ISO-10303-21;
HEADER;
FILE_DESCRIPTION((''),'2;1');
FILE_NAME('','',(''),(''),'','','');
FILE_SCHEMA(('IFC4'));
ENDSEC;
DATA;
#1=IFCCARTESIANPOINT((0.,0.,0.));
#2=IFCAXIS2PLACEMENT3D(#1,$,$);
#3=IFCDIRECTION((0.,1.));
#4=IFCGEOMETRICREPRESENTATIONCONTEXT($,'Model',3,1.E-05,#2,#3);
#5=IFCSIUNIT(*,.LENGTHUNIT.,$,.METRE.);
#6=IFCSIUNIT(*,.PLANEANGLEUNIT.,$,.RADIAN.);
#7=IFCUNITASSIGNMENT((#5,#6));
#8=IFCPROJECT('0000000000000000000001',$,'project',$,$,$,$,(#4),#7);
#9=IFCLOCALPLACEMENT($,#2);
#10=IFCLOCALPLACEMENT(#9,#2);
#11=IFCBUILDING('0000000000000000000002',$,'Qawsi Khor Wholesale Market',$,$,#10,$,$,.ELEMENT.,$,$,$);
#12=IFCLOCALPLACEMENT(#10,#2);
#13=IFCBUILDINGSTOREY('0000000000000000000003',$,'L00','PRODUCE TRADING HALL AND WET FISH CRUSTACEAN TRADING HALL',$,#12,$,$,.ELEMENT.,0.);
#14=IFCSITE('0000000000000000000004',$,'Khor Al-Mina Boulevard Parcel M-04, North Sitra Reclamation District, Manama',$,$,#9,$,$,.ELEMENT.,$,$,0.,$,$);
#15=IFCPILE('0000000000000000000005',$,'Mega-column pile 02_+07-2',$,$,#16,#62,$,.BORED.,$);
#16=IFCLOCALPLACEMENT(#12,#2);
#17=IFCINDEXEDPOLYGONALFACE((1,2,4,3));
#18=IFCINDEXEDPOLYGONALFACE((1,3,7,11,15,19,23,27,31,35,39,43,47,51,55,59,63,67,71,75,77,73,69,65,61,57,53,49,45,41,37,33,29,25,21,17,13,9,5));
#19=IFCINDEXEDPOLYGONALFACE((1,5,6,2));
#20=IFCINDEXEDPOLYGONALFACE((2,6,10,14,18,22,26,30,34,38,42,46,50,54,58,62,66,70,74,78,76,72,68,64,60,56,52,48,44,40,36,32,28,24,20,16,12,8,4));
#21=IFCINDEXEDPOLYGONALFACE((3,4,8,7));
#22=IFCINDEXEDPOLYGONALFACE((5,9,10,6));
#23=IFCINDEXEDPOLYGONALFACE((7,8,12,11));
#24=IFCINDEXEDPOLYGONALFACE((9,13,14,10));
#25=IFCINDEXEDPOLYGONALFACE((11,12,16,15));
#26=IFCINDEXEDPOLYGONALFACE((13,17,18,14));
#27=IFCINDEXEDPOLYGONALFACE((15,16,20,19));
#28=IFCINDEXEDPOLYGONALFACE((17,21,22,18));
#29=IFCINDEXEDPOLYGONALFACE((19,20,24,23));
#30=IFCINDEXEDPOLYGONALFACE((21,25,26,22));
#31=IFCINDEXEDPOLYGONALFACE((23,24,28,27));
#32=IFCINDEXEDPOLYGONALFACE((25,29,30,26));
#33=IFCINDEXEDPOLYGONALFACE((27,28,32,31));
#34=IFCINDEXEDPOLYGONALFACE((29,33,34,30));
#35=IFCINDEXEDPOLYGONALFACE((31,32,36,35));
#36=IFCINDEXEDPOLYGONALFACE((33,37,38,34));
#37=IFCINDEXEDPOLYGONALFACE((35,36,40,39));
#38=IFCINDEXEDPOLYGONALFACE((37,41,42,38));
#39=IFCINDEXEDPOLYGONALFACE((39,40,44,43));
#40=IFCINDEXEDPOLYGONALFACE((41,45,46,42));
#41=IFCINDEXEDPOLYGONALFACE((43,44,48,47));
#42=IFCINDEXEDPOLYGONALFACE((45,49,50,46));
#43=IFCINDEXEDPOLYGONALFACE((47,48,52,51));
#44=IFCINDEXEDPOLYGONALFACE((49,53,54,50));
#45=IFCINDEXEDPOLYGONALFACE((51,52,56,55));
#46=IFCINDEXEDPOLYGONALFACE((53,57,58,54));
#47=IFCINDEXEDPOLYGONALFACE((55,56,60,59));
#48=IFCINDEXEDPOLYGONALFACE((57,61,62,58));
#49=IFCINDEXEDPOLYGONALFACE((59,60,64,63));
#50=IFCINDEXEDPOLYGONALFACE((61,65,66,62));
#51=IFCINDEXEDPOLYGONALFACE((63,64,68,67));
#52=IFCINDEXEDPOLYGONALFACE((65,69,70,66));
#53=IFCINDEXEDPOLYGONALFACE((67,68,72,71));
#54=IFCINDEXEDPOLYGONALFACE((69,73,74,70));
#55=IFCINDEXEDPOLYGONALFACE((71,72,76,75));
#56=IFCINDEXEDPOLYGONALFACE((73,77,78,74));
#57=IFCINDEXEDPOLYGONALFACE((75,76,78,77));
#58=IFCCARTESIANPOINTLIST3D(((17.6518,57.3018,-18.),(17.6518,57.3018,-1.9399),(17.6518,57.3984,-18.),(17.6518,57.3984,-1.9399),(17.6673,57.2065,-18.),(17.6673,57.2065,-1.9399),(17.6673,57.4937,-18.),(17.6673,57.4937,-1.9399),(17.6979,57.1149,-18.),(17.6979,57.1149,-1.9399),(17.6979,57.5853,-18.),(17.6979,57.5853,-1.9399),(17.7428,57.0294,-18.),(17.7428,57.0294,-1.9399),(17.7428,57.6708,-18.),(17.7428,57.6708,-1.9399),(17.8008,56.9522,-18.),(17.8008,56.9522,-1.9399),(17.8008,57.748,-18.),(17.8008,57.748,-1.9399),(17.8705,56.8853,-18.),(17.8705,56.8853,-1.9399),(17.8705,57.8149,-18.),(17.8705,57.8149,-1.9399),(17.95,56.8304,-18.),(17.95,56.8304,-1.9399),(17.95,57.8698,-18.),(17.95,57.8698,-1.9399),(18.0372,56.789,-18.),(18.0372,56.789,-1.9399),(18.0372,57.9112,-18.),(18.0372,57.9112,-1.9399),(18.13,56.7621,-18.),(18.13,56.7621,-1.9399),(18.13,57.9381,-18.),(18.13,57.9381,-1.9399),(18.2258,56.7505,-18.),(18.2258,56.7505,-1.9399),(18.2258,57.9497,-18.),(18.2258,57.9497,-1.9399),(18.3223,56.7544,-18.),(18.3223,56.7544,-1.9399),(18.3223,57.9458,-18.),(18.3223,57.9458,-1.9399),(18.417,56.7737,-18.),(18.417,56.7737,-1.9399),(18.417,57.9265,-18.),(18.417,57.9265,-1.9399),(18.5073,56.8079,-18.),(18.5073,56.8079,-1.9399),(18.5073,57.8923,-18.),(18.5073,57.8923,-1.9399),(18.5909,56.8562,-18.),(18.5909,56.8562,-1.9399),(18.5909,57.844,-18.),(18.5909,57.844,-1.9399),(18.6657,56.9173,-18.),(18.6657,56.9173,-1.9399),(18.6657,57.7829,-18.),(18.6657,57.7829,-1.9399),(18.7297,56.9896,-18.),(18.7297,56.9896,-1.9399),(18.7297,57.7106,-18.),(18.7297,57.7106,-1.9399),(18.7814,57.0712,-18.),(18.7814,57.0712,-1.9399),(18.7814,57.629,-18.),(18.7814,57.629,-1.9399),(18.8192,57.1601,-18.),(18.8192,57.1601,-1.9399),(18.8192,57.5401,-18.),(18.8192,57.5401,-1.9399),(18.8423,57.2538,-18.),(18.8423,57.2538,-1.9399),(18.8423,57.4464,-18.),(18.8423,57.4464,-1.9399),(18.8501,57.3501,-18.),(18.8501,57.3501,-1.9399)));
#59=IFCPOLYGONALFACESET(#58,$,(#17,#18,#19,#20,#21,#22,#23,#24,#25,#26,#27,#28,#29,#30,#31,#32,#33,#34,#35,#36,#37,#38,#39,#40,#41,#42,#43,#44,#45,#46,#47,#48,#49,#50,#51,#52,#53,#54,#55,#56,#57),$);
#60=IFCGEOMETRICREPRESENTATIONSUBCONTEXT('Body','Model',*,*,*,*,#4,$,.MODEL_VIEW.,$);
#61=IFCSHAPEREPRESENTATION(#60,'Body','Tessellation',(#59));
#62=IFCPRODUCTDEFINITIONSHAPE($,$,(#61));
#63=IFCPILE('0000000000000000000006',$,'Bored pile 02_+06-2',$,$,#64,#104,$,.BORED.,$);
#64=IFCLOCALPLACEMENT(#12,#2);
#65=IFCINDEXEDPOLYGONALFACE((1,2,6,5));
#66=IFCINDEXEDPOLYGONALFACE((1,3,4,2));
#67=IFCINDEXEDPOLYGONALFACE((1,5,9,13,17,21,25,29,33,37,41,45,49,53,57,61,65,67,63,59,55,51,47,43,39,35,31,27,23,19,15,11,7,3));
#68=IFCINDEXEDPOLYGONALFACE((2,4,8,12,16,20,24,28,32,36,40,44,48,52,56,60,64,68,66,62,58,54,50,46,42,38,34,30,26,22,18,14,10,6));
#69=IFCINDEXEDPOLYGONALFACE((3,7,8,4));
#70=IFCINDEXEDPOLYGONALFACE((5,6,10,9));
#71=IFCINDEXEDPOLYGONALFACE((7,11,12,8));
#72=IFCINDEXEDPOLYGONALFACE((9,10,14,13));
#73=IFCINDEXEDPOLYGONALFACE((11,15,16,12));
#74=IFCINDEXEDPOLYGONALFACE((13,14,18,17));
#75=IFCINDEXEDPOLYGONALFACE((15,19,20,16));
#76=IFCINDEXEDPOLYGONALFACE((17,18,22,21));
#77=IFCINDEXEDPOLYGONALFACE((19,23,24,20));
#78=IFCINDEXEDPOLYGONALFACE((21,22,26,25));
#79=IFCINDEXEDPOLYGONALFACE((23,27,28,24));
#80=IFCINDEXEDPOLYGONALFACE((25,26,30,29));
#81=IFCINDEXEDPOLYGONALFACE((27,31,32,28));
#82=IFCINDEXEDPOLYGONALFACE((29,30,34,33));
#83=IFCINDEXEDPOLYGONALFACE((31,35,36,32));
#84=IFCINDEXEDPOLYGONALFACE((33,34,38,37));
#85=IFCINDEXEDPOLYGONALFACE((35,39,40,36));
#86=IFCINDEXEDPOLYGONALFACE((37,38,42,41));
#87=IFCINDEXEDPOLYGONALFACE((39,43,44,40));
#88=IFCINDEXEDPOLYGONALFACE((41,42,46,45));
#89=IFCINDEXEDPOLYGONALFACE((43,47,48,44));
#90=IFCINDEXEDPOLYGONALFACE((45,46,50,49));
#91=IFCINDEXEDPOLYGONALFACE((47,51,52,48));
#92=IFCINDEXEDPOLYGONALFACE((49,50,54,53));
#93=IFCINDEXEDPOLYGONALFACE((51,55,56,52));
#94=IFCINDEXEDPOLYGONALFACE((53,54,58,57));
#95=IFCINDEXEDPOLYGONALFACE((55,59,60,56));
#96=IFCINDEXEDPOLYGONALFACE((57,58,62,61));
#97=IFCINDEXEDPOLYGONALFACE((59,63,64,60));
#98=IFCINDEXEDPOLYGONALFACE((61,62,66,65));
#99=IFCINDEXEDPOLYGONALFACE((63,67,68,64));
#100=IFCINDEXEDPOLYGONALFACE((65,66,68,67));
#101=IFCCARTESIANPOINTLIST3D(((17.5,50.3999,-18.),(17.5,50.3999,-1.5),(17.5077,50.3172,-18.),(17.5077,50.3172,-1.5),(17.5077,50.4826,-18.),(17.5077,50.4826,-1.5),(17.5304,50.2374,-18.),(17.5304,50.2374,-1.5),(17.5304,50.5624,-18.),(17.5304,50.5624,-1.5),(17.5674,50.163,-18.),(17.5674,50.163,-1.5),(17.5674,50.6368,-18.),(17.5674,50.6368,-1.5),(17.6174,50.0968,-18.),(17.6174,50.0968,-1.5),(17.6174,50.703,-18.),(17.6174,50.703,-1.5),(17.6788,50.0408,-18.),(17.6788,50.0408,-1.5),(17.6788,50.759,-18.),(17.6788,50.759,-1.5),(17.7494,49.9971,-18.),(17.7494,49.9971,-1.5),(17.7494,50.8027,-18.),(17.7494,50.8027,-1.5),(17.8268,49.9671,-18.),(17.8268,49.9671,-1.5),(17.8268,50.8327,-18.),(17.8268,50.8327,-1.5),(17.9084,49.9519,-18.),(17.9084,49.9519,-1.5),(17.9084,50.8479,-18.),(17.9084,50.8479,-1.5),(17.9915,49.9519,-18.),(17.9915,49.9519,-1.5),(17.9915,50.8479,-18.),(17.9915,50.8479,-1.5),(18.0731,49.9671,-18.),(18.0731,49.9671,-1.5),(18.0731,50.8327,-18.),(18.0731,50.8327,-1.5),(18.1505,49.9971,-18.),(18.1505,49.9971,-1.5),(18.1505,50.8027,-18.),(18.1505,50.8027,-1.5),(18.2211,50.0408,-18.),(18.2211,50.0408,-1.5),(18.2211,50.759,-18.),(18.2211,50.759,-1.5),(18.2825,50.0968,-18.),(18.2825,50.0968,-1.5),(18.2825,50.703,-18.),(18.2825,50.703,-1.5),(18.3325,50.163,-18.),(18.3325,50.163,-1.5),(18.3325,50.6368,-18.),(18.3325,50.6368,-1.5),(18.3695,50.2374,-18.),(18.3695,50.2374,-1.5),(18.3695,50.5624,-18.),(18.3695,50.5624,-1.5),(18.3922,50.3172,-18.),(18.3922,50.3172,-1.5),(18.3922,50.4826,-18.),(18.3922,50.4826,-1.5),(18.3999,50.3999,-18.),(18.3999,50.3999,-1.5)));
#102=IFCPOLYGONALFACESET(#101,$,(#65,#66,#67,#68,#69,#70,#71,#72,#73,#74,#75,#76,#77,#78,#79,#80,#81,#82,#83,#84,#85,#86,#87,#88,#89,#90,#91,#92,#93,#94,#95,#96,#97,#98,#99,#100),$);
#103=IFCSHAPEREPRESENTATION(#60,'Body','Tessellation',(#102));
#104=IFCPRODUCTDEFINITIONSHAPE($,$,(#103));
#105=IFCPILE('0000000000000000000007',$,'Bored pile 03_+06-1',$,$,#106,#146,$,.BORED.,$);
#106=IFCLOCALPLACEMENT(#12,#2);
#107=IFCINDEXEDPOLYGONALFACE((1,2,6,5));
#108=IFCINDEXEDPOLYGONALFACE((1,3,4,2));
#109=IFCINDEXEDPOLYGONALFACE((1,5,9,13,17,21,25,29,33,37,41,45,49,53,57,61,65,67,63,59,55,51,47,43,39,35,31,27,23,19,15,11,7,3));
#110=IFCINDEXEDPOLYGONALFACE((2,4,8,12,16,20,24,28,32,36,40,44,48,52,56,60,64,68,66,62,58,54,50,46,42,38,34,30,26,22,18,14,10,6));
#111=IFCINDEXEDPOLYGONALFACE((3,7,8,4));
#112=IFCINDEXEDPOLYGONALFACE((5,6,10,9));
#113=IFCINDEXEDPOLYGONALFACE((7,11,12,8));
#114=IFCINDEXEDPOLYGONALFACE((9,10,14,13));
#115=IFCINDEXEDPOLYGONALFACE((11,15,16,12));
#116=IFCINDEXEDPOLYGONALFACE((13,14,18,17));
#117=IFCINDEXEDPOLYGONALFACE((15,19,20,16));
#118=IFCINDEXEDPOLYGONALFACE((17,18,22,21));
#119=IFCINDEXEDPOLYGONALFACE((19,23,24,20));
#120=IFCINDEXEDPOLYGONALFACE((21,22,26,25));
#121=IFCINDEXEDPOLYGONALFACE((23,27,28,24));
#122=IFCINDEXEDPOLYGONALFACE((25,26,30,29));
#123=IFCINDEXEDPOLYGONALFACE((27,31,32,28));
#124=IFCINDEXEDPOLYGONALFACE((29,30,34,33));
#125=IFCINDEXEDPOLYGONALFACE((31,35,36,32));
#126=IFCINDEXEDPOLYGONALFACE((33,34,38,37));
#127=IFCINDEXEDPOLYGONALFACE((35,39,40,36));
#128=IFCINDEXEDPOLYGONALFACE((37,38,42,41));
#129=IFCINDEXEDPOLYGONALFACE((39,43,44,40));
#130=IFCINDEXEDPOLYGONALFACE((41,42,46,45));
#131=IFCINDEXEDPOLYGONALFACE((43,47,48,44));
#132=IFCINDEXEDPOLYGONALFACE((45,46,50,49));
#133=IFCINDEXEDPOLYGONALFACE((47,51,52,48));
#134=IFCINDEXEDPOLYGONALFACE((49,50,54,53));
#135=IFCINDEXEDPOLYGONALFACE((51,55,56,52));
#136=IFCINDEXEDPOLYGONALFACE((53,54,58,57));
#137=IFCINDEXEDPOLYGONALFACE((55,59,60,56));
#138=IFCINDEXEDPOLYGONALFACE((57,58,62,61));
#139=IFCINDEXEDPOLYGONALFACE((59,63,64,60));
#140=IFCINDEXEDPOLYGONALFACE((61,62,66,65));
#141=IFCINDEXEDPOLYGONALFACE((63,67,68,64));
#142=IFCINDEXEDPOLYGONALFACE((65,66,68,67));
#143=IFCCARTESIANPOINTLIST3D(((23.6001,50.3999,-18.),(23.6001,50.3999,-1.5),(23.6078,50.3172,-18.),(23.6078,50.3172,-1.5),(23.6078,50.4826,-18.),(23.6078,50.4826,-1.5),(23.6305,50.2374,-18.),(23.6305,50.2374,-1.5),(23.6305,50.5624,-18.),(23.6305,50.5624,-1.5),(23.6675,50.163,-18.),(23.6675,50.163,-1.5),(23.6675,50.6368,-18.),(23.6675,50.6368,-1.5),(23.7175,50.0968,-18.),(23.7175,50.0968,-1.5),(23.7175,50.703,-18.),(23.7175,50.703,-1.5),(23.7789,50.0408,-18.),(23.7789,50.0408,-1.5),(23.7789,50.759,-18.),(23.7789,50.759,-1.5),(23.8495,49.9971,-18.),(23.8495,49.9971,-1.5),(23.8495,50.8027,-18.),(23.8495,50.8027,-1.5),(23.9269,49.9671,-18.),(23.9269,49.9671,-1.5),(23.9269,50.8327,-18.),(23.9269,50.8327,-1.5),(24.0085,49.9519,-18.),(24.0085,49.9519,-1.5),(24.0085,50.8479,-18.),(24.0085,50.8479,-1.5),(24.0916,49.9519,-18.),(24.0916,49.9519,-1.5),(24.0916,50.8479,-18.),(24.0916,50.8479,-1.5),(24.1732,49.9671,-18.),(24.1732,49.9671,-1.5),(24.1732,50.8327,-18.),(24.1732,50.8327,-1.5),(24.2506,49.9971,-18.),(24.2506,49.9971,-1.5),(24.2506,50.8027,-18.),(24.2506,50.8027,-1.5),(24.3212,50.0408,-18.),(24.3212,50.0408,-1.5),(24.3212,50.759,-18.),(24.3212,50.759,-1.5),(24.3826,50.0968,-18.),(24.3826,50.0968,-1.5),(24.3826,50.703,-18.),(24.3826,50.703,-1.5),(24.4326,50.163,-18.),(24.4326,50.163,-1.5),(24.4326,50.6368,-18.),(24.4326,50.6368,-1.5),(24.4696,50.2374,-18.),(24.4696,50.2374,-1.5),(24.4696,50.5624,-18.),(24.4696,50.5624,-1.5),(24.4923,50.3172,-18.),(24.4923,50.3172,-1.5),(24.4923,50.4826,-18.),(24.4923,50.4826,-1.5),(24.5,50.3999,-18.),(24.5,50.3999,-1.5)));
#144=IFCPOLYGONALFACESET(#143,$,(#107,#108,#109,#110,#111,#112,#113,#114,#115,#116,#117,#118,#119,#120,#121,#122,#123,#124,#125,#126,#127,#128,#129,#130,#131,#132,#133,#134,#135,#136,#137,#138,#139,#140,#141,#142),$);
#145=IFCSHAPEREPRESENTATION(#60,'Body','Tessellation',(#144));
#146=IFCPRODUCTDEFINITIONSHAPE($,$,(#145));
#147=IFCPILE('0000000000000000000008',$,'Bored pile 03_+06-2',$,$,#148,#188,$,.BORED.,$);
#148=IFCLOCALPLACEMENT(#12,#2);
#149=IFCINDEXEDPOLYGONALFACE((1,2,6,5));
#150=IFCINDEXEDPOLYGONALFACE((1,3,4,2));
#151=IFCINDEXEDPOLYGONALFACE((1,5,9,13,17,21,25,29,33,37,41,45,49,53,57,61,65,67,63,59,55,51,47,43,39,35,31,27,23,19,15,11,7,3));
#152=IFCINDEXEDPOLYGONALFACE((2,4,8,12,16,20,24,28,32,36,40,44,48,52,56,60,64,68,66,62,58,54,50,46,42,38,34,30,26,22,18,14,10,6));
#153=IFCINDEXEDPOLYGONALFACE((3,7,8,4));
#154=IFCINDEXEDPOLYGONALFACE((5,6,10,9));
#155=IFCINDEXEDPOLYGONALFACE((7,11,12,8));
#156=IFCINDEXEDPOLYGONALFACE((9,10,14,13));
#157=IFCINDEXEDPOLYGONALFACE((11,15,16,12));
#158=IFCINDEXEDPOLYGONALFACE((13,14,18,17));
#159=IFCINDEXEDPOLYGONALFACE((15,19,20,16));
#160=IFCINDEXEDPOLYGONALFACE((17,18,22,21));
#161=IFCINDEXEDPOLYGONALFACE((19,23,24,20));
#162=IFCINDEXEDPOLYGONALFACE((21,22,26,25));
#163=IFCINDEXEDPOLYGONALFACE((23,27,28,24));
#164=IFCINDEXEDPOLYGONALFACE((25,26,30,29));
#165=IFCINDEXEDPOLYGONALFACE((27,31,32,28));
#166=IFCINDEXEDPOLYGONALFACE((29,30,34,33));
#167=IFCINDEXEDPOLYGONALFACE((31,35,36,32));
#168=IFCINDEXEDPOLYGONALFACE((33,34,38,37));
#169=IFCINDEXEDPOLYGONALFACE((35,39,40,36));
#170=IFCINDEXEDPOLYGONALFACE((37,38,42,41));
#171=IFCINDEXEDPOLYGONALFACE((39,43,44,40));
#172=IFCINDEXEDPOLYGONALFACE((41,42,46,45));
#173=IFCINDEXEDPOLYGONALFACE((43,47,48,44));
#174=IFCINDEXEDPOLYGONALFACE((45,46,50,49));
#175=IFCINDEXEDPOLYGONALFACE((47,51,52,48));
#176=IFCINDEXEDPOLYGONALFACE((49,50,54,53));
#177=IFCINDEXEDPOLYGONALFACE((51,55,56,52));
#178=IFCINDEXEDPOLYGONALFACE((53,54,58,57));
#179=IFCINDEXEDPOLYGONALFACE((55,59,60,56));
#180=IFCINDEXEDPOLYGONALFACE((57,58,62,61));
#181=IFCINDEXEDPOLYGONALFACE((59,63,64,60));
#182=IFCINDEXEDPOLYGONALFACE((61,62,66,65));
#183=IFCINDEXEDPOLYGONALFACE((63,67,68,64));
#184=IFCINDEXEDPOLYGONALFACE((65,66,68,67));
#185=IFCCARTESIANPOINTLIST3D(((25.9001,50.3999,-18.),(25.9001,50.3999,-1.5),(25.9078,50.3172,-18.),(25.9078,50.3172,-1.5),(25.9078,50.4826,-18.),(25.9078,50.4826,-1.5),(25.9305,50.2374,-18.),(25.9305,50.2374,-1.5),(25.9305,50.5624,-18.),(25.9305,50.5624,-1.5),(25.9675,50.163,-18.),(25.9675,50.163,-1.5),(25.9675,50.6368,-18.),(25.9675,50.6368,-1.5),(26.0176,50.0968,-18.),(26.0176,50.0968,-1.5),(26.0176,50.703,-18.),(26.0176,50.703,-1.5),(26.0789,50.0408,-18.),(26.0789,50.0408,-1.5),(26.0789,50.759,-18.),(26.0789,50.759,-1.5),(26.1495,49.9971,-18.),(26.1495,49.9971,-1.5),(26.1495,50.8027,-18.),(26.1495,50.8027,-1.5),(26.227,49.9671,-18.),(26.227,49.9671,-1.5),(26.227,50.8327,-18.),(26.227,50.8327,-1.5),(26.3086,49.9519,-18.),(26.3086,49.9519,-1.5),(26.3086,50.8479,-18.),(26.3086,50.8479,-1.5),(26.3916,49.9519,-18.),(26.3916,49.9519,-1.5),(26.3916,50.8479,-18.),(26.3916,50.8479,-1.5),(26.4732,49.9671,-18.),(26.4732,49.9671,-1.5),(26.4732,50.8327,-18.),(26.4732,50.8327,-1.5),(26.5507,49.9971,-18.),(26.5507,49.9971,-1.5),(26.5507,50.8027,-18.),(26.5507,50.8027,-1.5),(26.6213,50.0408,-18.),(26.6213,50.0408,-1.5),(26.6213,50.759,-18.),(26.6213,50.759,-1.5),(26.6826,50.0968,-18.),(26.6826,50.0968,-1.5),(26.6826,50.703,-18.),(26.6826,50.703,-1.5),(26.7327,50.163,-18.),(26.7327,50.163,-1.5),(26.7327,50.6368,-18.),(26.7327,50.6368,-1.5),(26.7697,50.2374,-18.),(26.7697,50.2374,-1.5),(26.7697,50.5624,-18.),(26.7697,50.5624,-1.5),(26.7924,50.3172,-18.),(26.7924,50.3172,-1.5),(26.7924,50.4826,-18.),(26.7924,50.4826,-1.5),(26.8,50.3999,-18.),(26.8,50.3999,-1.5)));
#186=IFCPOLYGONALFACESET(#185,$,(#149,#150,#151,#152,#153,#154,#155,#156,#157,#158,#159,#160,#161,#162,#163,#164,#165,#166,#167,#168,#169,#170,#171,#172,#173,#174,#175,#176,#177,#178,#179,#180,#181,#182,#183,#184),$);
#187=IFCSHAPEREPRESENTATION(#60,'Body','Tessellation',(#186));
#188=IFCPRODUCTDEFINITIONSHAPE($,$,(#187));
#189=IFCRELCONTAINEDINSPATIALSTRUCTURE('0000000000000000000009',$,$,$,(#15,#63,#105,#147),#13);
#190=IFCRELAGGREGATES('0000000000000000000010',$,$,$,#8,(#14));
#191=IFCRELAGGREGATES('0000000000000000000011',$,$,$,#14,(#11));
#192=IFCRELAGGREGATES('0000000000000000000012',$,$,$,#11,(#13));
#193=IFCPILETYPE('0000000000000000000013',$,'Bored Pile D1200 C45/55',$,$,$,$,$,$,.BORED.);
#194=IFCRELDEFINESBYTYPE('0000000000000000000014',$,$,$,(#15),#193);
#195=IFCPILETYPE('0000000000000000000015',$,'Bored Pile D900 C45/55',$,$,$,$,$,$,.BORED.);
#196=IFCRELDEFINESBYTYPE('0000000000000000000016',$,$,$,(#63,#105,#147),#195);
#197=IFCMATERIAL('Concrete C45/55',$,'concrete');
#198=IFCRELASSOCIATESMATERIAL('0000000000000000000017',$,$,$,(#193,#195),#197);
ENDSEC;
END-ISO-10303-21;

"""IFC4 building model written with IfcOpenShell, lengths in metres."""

from ifc_helpers import new_model, si_unit, direction, frame, origin, origin_2d, place, context, subcontext, project, spatial, circle, extrude, material, material_profile, profile_set, type_object, element, save


model = new_model("IFC4")

# Units and contexts
model_context = context("Model", 3, precision=1e-05, world=origin(), true_north=direction((0.0, 1.0)))
body_context = subcontext(model_context, "Body", "Model", "MODEL_VIEW")
ifc_project = project(units=[si_unit("LENGTHUNIT", "METRE"), si_unit("PLANEANGLEUNIT", "RADIAN")], contexts=[model_context])

# Site, building, storey
site_placement = place(None, origin())
site = spatial("IfcSite", under=ifc_project, at=site_placement, Name="Khor Al-Mina Boulevard Parcel M-04, North Sitra Reclamation District, Manama", CompositionType="ELEMENT", RefElevation=0.0)
building_placement = place(site_placement, origin())
building = spatial("IfcBuilding", under=site, at=building_placement, Name="Qawsi Khor Wholesale Market", CompositionType="ELEMENT")
storey_placement = place(building_placement, origin())
storey = spatial("IfcBuildingStorey", under=building, at=storey_placement, Name="L00", Description="PRODUCE TRADING HALL AND WET FISH CRUSTACEAN TRADING HALL", CompositionType="ELEMENT", Elevation=0.0)

# Piles
ifc_material_1 = material(Name="Concrete C45/55", Category="concrete")
ifc_material_profile_1 = material_profile(ifc_material_1, circle(Radius=0.6001, at=origin_2d()), Name="PILE D1200")
ifc_profile_set_1 = profile_set([ifc_material_profile_1], Name="Concrete C45/55")
pile_type_1 = type_object("IfcPileType", Name="Bored Pile D1200 C45/55", PredefinedType="BORED", material=ifc_profile_set_1)
pile_placement = place(storey_placement, frame((18.25, 57.3501, -1.9399), z_axis=(0.0, 0.0, -1.0), x_axis=(1.0, 0.0, 0.0)))
element("IfcPile", 1, at=pile_placement, inside=storey, type_object=pile_type_1, Name="Mega-column pile 02_+07-2", PredefinedType="BORED", context=body_context, shape_type="SweptSolid", body=[
    extrude(circle(Radius=0.6001, at=origin_2d()), origin(), (0.0, 0.0, 1.0), 16.0601),
])
ifc_material_profile_2 = material_profile(ifc_material_1, circle(Radius=0.45, at=origin_2d()), Name="PILE D900")
ifc_profile_set_2 = profile_set([ifc_material_profile_2], Name="Concrete C45/55")
pile_type_2 = type_object("IfcPileType", Name="Bored Pile D900 C45/55", PredefinedType="BORED", material=ifc_profile_set_2)
for number, where, z_axis, x_axis, name in (
    (2, (17.95, 50.3999, -1.5), (0.0, 0.0, -1.0), (1.0, 0.0, 0.0), "Bored pile 02_+06-2"),
    (3, (24.05, 50.3999, -1.5), (0.0, 0.0, -1.0), (1.0, 0.0, 0.0), "Bored pile 03_+06-1"),
    (4, (26.3501, 50.3999, -1.5), (0.0, 0.0, -1.0), (1.0, 0.0, 0.0), "Bored pile 03_+06-2"),
):
    element("IfcPile", number, at=place(storey_placement, frame(where, z_axis=z_axis, x_axis=x_axis)), inside=storey, type_object=pile_type_2, Name=name, PredefinedType="BORED", context=body_context, shape_type="SweptSolid", body=[
        extrude(circle(Radius=0.45, at=origin_2d()), origin(), (0.0, 0.0, 1.0), 16.5),
    ])

save(model, "model.ifc")
